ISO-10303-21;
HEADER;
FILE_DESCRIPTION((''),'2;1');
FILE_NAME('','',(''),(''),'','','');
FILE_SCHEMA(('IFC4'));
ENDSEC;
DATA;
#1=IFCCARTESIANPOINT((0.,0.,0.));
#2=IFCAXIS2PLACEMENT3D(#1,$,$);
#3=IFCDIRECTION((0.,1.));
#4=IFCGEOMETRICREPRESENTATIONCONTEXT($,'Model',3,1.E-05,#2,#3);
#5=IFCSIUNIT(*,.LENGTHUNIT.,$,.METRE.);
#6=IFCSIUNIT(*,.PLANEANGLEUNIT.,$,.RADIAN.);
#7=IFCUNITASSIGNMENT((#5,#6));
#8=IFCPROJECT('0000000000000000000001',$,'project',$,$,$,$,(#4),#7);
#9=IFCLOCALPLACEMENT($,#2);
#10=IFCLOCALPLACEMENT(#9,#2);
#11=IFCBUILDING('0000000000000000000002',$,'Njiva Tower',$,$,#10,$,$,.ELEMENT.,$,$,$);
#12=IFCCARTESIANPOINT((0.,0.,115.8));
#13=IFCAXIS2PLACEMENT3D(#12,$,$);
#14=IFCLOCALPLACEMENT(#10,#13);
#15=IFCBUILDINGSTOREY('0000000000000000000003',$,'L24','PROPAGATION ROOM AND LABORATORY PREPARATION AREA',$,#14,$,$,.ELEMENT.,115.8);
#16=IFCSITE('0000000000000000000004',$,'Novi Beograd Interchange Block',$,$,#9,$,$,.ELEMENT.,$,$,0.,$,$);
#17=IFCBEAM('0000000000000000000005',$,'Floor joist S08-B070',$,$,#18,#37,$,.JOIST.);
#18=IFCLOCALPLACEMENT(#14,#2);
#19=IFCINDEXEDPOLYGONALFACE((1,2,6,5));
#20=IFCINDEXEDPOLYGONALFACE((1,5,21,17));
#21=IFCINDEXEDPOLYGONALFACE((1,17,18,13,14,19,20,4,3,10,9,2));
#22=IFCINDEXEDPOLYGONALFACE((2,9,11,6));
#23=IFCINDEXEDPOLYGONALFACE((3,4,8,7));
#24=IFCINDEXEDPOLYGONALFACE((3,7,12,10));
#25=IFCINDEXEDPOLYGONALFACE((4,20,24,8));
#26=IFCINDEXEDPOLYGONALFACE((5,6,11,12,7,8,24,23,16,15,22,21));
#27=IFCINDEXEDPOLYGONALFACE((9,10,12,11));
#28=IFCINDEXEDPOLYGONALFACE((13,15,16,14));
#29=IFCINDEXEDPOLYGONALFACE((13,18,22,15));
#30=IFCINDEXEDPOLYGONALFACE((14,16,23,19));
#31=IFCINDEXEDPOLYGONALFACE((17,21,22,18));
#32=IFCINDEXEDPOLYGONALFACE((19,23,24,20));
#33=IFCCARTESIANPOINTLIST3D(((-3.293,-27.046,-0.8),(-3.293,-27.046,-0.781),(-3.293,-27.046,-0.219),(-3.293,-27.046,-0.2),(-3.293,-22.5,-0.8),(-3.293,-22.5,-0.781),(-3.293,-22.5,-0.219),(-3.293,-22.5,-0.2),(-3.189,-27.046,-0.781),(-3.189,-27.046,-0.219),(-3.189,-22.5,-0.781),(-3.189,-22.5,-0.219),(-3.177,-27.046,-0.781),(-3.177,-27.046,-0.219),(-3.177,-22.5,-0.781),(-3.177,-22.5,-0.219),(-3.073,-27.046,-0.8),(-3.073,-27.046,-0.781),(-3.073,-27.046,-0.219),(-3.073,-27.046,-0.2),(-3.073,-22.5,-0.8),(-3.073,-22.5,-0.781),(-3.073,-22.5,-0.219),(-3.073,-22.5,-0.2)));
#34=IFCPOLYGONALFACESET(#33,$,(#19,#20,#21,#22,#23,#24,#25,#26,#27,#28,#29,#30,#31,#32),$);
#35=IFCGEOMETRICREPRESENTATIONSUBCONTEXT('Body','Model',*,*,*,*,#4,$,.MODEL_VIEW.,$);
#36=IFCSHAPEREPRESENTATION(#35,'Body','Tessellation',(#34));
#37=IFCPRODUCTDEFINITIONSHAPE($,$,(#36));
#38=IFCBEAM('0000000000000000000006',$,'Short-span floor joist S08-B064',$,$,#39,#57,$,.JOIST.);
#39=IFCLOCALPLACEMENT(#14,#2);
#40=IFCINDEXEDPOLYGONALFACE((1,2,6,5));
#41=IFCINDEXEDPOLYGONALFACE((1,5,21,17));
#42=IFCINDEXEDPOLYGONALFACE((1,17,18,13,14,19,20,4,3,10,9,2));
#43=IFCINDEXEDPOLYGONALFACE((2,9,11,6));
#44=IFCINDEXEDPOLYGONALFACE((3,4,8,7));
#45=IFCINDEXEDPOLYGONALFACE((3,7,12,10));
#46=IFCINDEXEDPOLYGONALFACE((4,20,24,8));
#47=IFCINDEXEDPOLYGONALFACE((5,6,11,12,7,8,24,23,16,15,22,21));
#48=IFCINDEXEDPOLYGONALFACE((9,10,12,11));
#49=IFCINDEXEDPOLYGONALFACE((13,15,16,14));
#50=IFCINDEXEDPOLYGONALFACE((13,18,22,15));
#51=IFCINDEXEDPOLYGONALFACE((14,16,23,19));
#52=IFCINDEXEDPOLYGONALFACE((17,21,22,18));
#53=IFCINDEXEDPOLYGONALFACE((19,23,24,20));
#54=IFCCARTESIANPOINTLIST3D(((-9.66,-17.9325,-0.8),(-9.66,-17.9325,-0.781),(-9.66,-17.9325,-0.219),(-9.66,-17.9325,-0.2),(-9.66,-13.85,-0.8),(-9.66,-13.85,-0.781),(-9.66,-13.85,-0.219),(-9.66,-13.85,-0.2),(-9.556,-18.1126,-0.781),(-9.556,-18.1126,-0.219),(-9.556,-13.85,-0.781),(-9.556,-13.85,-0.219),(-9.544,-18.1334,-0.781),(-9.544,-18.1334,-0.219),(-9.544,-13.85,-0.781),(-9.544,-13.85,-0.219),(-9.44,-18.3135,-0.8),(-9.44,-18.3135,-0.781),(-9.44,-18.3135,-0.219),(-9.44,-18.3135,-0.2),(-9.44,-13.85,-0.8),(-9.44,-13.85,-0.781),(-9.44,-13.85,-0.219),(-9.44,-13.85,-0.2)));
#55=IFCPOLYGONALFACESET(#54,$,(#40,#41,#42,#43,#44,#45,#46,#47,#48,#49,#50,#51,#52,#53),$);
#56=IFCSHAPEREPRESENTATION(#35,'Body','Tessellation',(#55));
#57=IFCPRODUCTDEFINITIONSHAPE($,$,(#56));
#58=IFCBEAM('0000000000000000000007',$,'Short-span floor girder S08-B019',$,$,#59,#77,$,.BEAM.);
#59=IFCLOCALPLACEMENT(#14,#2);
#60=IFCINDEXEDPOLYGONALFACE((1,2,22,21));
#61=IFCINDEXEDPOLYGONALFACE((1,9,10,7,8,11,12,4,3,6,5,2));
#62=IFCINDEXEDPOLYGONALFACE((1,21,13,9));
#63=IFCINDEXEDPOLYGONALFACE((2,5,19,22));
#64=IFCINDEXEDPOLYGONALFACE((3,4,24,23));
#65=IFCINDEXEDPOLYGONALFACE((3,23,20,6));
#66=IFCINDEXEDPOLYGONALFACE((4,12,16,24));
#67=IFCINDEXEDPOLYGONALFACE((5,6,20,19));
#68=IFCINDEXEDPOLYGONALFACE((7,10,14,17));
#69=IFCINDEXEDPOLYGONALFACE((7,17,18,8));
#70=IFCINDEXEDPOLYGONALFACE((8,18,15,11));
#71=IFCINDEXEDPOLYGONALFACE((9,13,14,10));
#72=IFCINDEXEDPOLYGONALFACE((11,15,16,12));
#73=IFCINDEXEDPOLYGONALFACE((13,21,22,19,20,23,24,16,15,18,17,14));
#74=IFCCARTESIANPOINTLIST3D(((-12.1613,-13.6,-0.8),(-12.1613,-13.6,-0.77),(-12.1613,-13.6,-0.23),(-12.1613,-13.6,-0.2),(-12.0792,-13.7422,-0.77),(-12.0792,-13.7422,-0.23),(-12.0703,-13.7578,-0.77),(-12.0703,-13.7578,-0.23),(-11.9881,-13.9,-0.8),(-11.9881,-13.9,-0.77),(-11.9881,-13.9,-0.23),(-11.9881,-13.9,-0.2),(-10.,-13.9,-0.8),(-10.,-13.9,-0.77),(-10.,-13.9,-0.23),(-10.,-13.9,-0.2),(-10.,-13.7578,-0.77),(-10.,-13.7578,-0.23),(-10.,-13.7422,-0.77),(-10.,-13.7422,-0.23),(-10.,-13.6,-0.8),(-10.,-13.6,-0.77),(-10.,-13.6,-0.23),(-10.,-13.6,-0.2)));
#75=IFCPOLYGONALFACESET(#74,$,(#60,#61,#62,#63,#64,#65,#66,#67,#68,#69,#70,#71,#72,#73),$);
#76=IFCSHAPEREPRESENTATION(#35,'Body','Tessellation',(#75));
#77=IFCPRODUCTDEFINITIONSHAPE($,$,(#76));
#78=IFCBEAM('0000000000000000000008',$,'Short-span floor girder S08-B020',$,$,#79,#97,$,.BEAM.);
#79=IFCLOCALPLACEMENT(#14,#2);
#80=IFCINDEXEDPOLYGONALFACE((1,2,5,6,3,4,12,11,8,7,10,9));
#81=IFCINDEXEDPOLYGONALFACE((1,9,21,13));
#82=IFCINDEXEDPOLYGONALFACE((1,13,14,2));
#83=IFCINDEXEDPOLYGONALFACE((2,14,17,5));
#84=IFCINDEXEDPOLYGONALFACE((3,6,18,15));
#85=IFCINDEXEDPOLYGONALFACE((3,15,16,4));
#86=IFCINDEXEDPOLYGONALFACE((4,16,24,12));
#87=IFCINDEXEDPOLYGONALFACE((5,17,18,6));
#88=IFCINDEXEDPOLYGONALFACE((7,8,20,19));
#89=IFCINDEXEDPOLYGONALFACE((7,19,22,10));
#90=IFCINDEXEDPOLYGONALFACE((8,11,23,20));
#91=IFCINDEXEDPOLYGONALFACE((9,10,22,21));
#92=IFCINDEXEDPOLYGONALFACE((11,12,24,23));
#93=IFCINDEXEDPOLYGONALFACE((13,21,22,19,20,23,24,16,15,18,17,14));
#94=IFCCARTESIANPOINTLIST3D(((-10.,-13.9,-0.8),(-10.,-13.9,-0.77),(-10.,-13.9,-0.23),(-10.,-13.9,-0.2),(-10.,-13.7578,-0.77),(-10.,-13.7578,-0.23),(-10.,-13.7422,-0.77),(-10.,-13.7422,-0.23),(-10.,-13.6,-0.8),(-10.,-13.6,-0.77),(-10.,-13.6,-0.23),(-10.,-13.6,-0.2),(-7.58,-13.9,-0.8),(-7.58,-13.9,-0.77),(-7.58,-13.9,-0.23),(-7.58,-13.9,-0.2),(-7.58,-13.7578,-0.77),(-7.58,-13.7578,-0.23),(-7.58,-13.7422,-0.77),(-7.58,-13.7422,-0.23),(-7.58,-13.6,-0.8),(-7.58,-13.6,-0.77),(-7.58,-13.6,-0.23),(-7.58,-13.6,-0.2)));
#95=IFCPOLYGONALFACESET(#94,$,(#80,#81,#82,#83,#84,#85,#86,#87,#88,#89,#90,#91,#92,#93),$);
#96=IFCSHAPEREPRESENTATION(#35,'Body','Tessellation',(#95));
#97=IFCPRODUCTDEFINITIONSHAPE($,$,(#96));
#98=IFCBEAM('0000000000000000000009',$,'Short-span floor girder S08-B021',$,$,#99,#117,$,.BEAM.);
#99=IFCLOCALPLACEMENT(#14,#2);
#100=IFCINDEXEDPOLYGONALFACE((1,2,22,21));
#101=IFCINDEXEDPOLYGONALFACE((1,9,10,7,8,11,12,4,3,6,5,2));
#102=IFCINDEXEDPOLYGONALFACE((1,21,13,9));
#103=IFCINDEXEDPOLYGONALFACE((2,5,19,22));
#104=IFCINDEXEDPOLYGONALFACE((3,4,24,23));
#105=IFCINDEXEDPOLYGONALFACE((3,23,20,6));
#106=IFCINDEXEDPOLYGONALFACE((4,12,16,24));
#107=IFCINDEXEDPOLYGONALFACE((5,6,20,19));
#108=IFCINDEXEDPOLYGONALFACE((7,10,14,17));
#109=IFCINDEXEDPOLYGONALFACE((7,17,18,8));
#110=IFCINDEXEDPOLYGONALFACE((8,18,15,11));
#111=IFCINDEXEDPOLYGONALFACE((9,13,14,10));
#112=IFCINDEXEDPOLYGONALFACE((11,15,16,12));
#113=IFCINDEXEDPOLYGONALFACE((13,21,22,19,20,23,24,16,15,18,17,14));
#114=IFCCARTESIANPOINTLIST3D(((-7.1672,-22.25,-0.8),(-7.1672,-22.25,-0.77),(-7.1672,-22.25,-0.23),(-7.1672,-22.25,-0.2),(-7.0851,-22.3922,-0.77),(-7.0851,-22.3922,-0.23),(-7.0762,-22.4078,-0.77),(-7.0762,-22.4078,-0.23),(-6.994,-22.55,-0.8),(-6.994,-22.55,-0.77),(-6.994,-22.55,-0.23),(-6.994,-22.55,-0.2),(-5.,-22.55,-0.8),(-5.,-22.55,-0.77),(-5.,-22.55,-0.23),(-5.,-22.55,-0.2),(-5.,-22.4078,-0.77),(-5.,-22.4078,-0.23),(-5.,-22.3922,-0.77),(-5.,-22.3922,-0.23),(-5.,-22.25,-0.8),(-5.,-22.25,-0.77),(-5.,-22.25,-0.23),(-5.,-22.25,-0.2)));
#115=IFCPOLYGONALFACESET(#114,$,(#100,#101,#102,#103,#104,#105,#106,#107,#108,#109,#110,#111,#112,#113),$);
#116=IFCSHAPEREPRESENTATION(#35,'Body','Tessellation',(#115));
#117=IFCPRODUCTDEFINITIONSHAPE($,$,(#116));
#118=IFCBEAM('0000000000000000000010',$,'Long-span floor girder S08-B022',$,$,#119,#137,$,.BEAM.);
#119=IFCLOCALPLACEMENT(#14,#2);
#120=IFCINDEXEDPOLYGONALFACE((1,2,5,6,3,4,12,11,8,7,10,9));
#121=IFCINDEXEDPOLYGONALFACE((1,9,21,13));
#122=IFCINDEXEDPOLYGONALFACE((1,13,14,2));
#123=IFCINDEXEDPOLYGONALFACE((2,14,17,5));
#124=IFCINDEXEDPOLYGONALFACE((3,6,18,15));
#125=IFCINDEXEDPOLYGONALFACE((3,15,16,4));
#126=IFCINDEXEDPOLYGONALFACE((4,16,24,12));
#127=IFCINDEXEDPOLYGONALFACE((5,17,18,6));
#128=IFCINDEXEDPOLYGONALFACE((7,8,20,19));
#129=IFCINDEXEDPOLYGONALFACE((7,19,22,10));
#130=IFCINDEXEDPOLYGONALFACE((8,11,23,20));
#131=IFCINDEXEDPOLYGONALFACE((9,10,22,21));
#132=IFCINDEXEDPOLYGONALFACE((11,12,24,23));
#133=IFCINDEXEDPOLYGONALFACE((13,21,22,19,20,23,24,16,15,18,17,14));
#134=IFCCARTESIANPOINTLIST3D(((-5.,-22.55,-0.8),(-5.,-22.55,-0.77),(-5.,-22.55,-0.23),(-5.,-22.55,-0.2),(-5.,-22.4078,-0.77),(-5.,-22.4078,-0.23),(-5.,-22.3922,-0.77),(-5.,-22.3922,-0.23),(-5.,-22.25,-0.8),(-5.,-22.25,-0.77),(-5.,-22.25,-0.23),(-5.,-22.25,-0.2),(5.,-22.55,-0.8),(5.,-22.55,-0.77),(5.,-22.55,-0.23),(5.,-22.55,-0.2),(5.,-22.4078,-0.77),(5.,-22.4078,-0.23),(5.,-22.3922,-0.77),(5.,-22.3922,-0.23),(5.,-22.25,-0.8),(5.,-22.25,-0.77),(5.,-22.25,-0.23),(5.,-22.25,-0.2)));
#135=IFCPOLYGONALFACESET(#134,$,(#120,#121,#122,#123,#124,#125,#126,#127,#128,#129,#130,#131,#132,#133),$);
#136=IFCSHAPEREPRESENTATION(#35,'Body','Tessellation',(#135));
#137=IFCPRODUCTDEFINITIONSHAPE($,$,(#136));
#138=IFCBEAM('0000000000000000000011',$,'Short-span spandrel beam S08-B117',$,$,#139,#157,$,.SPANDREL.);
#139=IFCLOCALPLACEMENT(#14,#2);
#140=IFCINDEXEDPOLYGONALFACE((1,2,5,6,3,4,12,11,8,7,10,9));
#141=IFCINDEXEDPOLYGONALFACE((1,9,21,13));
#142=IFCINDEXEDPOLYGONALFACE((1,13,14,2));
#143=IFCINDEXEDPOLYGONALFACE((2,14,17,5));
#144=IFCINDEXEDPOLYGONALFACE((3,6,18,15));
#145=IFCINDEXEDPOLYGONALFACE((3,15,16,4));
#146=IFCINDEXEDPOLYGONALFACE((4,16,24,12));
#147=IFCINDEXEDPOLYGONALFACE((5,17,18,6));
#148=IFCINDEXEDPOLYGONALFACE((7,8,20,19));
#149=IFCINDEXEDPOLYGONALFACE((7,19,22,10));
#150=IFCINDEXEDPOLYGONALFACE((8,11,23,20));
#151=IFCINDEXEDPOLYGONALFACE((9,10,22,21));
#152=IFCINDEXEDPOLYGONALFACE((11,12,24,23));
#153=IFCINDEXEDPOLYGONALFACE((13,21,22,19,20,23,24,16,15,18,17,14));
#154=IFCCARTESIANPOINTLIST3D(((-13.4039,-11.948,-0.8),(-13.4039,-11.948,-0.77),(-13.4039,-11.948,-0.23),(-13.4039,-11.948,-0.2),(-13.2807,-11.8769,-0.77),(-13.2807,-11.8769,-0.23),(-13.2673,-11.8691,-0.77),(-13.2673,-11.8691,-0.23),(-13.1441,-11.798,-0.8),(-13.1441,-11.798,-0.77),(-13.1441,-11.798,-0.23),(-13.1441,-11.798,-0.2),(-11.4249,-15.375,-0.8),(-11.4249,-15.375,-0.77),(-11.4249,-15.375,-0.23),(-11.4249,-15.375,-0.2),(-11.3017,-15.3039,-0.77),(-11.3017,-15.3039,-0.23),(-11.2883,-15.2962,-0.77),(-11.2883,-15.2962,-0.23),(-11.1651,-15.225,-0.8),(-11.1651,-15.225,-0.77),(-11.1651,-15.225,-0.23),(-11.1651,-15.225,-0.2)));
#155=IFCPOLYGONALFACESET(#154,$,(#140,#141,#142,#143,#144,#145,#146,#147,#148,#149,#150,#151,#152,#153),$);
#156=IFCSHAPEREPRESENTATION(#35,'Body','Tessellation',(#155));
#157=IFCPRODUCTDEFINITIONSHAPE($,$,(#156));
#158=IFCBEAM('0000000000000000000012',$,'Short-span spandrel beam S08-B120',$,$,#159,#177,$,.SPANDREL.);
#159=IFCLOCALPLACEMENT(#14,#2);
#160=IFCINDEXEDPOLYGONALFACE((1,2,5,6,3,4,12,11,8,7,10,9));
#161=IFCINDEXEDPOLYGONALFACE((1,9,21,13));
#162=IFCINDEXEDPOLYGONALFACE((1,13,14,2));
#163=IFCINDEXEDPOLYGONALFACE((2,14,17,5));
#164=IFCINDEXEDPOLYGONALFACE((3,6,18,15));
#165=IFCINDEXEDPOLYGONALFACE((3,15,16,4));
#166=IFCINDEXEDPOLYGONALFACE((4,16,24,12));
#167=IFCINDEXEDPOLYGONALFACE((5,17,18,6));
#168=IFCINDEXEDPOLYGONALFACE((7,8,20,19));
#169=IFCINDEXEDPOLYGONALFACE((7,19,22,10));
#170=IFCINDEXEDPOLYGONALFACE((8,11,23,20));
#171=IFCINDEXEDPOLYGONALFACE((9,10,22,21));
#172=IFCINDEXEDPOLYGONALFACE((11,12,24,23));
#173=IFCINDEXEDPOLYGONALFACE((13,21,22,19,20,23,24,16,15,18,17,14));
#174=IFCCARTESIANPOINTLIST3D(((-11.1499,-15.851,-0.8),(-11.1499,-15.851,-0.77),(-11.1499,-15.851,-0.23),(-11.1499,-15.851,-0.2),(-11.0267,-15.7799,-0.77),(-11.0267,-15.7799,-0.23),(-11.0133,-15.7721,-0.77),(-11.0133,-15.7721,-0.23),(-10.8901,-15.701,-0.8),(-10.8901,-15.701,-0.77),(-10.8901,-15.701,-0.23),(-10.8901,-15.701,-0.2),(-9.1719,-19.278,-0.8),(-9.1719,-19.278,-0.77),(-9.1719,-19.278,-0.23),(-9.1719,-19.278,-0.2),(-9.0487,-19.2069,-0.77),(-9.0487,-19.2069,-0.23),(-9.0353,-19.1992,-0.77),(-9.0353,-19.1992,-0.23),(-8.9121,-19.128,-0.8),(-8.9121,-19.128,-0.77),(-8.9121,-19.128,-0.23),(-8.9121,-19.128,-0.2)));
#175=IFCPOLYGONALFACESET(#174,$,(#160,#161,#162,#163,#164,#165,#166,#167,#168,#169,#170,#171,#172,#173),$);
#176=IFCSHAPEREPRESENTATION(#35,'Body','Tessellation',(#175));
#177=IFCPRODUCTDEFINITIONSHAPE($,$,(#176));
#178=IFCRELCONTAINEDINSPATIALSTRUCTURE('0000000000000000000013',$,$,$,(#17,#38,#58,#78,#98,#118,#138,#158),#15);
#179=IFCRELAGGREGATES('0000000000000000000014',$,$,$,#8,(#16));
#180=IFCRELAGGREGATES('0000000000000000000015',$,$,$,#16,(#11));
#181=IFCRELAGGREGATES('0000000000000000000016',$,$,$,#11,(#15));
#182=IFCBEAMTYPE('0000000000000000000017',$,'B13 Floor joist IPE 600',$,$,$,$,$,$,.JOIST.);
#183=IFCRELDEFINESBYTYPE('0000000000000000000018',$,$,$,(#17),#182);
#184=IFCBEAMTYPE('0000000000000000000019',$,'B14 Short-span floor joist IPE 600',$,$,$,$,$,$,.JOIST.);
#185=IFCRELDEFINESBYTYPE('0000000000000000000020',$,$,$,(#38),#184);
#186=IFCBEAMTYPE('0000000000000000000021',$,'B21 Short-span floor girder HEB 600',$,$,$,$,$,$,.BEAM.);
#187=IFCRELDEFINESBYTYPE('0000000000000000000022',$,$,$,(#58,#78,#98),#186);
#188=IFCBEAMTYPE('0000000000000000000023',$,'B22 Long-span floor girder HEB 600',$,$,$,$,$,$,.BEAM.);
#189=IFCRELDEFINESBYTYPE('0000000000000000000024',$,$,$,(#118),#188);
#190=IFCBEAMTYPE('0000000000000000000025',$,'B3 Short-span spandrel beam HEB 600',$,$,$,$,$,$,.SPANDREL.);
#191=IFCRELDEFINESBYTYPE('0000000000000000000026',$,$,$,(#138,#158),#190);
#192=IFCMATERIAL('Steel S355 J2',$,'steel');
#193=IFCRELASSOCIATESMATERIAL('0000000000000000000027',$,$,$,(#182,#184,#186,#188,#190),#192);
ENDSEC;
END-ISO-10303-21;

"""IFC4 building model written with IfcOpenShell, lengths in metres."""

from ifc_helpers import new_model, si_unit, direction, frame, origin, origin_2d, place, context, subcontext, project, spatial, i_section, extrude, clip, halfspace, material, material_profile, profile_set, type_object, element, save


model = new_model("IFC4")

# Units and contexts
model_context = context("Model", 3, precision=1e-05, world=origin(), true_north=direction((0.0, 1.0)))
body_context = subcontext(model_context, "Body", "Model", "MODEL_VIEW")
ifc_project = project(units=[si_unit("LENGTHUNIT", "METRE"), si_unit("PLANEANGLEUNIT", "RADIAN")], contexts=[model_context])

# Site, building, storey
site_placement = place(None, origin())
site = spatial("IfcSite", under=ifc_project, at=site_placement, Name="Novi Beograd Interchange Block", CompositionType="ELEMENT", RefElevation=0.0)
building_placement = place(site_placement, origin())
building = spatial("IfcBuilding", under=site, at=building_placement, Name="Njiva Tower", CompositionType="ELEMENT")
storey_placement = place(building_placement, frame((0.0, 0.0, 115.8)))
storey = spatial("IfcBuildingStorey", under=building, at=storey_placement, Name="L24", Description="PROPAGATION ROOM AND LABORATORY PREPARATION AREA", CompositionType="ELEMENT", Elevation=115.8)

# Shared definitions
ifc_material_1 = material(Name="Steel S355 J2", Category="steel")

# Beams
ifc_material_profile_1 = material_profile(ifc_material_1, i_section(OverallWidth=0.22, OverallDepth=0.6, WebThickness=0.012, FlangeThickness=0.019, at=origin_2d()), Name="IPE 600")
ifc_profile_set_1 = profile_set([ifc_material_profile_1], Name="Steel S355 J2")
beam_type_1 = type_object("IfcBeamType", Name="B13 Floor joist IPE 600", PredefinedType="JOIST", material=ifc_profile_set_1)
beam_1_placement = place(storey_placement, frame((-3.183, -22.5, -0.5), z_axis=(0.0, -1.0, 0.0), x_axis=(1.0, 0.0, 0.0)))
element("IfcBeam", 1, at=beam_1_placement, inside=storey, type_object=beam_type_1, Name="Floor joist S08-B070", PredefinedType="JOIST", context=body_context, shape_type="SweptSolid", body=[
    extrude(i_section(OverallWidth=0.22, OverallDepth=0.6, WebThickness=0.012, FlangeThickness=0.019, at=origin_2d()), origin(), (0.0, 0.0, 1.0), 4.546),
])
ifc_material_profile_2 = material_profile(ifc_material_1, i_section(OverallWidth=0.22, OverallDepth=0.6, WebThickness=0.012, FlangeThickness=0.019, at=origin_2d()), Name="IPE 600")
ifc_profile_set_2 = profile_set([ifc_material_profile_2], Name="Steel S355 J2")
beam_type_2 = type_object("IfcBeamType", Name="B14 Short-span floor joist IPE 600", PredefinedType="JOIST", material=ifc_profile_set_2)
beam_2_placement = place(storey_placement, frame((-9.55, -13.85, -0.5), z_axis=(0.0, -1.0, 0.0), x_axis=(1.0, 0.0, 0.0)))
element("IfcBeam", 2, at=beam_2_placement, inside=storey, type_object=beam_type_2, Name="Short-span floor joist S08-B064", PredefinedType="JOIST", context=body_context, shape_type="Clipping", body=[
    clip(extrude(i_section(OverallWidth=0.22, OverallDepth=0.6, WebThickness=0.012, FlangeThickness=0.019, at=origin_2d()), origin(), (0.0, 0.0, 1.0), 4.484), halfspace(frame((-0.0433, 0.0, 4.198), z_axis=(-0.866027, 0.0, 0.499998), x_axis=(0.0, 1.0, 0.0)), False)),
])
ifc_material_profile_3 = material_profile(ifc_material_1, i_section(OverallWidth=0.3, OverallDepth=0.6, WebThickness=0.0155, FlangeThickness=0.03, at=origin_2d()), Name="HEB 600")
ifc_profile_set_3 = profile_set([ifc_material_profile_3], Name="Steel S355 J2")
beam_type_3 = type_object("IfcBeamType", Name="B21 Short-span floor girder HEB 600", PredefinedType="BEAM", material=ifc_profile_set_3)
beam_3_placement = place(storey_placement, frame((-12.182, -13.75, -0.5), z_axis=(1.0, 0.0, 0.0), x_axis=(0.0, 1.0, 0.0)))
element("IfcBeam", 3, at=beam_3_placement, inside=storey, type_object=beam_type_3, Name="Short-span floor girder S08-B019", PredefinedType="BEAM", context=body_context, shape_type="Clipping", body=[
    clip(extrude(i_section(OverallWidth=0.3, OverallDepth=0.6, WebThickness=0.0155, FlangeThickness=0.03, at=origin_2d()), origin(), (0.0, 0.0, 1.0), 2.182), halfspace(frame((-0.025, 0.0, 0.1217), z_axis=(-0.499998, 0.0, -0.866027), x_axis=(0.0, -1.0, 0.0)), False)),
])
beam_4_placement = place(storey_placement, frame((-10.0, -13.75, -0.5), z_axis=(1.0, 0.0, 0.0), x_axis=(0.0, 1.0, 0.0)))
element("IfcBeam", 4, at=beam_4_placement, inside=storey, type_object=beam_type_3, Name="Short-span floor girder S08-B020", PredefinedType="BEAM", context=body_context, shape_type="SweptSolid", body=[
    extrude(i_section(OverallWidth=0.3, OverallDepth=0.6, WebThickness=0.0155, FlangeThickness=0.03, at=origin_2d()), origin(), (0.0, 0.0, 1.0), 2.42),
])
beam_5_placement = place(storey_placement, frame((-7.188, -22.4, -0.5), z_axis=(1.0, 0.0, 0.0), x_axis=(0.0, 1.0, 0.0)))
element("IfcBeam", 5, at=beam_5_placement, inside=storey, type_object=beam_type_3, Name="Short-span floor girder S08-B021", PredefinedType="BEAM", context=body_context, shape_type="Clipping", body=[
    clip(extrude(i_section(OverallWidth=0.3, OverallDepth=0.6, WebThickness=0.0155, FlangeThickness=0.03, at=origin_2d()), origin(), (0.0, 0.0, 1.0), 2.188), halfspace(frame((-0.025, 0.0, 0.1218), z_axis=(-0.499998, 0.0, -0.866027), x_axis=(0.0, -1.0, 0.0)), False)),
])
ifc_material_profile_4 = material_profile(ifc_material_1, i_section(OverallWidth=0.3, OverallDepth=0.6, WebThickness=0.0155, FlangeThickness=0.03, at=origin_2d()), Name="HEB 600")
ifc_profile_set_4 = profile_set([ifc_material_profile_4], Name="Steel S355 J2")
beam_type_4 = type_object("IfcBeamType", Name="B22 Long-span floor girder HEB 600", PredefinedType="BEAM", material=ifc_profile_set_4)
beam_6_placement = place(storey_placement, frame((-5.0, -22.4, -0.5), z_axis=(1.0, 0.0, 0.0), x_axis=(0.0, 1.0, 0.0)))
element("IfcBeam", 6, at=beam_6_placement, inside=storey, type_object=beam_type_4, Name="Long-span floor girder S08-B022", PredefinedType="BEAM", context=body_context, shape_type="SweptSolid", body=[
    extrude(i_section(OverallWidth=0.3, OverallDepth=0.6, WebThickness=0.0155, FlangeThickness=0.03, at=origin_2d()), origin(), (0.0, 0.0, 1.0), 10.0),
])
ifc_material_profile_5 = material_profile(ifc_material_1, i_section(OverallWidth=0.3, OverallDepth=0.6, WebThickness=0.0155, FlangeThickness=0.03, at=origin_2d()), Name="HEB 600")
ifc_profile_set_5 = profile_set([ifc_material_profile_5], Name="Steel S355 J2")
beam_type_5 = type_object("IfcBeamType", Name="B3 Short-span spandrel beam HEB 600", PredefinedType="SPANDREL", material=ifc_profile_set_5)
beam_7_placement = place(storey_placement, frame((-13.274, -11.873, -0.5), z_axis=(0.50008, -0.865979, 0.0), x_axis=(0.865979, 0.50008, 0.0)))
element("IfcBeam", 7, at=beam_7_placement, inside=storey, type_object=beam_type_5, Name="Short-span spandrel beam S08-B117", PredefinedType="SPANDREL", context=body_context, shape_type="SweptSolid", body=[
    extrude(i_section(OverallWidth=0.3, OverallDepth=0.6, WebThickness=0.0155, FlangeThickness=0.03, at=origin_2d()), origin(), (0.0, 0.0, 1.0), 3.9574),
])
beam_8_placement = place(storey_placement, frame((-11.02, -15.776, -0.5), z_axis=(0.49989, -0.866089, 0.0), x_axis=(0.866089, 0.49989, 0.0)))
element("IfcBeam", 8, at=beam_8_placement, inside=storey, type_object=beam_type_5, Name="Short-span spandrel beam S08-B120", PredefinedType="SPANDREL", context=body_context, shape_type="SweptSolid", body=[
    extrude(i_section(OverallWidth=0.3, OverallDepth=0.6, WebThickness=0.0155, FlangeThickness=0.03, at=origin_2d()), origin(), (0.0, 0.0, 1.0), 3.9569),
])

save(model, "model.ifc")
